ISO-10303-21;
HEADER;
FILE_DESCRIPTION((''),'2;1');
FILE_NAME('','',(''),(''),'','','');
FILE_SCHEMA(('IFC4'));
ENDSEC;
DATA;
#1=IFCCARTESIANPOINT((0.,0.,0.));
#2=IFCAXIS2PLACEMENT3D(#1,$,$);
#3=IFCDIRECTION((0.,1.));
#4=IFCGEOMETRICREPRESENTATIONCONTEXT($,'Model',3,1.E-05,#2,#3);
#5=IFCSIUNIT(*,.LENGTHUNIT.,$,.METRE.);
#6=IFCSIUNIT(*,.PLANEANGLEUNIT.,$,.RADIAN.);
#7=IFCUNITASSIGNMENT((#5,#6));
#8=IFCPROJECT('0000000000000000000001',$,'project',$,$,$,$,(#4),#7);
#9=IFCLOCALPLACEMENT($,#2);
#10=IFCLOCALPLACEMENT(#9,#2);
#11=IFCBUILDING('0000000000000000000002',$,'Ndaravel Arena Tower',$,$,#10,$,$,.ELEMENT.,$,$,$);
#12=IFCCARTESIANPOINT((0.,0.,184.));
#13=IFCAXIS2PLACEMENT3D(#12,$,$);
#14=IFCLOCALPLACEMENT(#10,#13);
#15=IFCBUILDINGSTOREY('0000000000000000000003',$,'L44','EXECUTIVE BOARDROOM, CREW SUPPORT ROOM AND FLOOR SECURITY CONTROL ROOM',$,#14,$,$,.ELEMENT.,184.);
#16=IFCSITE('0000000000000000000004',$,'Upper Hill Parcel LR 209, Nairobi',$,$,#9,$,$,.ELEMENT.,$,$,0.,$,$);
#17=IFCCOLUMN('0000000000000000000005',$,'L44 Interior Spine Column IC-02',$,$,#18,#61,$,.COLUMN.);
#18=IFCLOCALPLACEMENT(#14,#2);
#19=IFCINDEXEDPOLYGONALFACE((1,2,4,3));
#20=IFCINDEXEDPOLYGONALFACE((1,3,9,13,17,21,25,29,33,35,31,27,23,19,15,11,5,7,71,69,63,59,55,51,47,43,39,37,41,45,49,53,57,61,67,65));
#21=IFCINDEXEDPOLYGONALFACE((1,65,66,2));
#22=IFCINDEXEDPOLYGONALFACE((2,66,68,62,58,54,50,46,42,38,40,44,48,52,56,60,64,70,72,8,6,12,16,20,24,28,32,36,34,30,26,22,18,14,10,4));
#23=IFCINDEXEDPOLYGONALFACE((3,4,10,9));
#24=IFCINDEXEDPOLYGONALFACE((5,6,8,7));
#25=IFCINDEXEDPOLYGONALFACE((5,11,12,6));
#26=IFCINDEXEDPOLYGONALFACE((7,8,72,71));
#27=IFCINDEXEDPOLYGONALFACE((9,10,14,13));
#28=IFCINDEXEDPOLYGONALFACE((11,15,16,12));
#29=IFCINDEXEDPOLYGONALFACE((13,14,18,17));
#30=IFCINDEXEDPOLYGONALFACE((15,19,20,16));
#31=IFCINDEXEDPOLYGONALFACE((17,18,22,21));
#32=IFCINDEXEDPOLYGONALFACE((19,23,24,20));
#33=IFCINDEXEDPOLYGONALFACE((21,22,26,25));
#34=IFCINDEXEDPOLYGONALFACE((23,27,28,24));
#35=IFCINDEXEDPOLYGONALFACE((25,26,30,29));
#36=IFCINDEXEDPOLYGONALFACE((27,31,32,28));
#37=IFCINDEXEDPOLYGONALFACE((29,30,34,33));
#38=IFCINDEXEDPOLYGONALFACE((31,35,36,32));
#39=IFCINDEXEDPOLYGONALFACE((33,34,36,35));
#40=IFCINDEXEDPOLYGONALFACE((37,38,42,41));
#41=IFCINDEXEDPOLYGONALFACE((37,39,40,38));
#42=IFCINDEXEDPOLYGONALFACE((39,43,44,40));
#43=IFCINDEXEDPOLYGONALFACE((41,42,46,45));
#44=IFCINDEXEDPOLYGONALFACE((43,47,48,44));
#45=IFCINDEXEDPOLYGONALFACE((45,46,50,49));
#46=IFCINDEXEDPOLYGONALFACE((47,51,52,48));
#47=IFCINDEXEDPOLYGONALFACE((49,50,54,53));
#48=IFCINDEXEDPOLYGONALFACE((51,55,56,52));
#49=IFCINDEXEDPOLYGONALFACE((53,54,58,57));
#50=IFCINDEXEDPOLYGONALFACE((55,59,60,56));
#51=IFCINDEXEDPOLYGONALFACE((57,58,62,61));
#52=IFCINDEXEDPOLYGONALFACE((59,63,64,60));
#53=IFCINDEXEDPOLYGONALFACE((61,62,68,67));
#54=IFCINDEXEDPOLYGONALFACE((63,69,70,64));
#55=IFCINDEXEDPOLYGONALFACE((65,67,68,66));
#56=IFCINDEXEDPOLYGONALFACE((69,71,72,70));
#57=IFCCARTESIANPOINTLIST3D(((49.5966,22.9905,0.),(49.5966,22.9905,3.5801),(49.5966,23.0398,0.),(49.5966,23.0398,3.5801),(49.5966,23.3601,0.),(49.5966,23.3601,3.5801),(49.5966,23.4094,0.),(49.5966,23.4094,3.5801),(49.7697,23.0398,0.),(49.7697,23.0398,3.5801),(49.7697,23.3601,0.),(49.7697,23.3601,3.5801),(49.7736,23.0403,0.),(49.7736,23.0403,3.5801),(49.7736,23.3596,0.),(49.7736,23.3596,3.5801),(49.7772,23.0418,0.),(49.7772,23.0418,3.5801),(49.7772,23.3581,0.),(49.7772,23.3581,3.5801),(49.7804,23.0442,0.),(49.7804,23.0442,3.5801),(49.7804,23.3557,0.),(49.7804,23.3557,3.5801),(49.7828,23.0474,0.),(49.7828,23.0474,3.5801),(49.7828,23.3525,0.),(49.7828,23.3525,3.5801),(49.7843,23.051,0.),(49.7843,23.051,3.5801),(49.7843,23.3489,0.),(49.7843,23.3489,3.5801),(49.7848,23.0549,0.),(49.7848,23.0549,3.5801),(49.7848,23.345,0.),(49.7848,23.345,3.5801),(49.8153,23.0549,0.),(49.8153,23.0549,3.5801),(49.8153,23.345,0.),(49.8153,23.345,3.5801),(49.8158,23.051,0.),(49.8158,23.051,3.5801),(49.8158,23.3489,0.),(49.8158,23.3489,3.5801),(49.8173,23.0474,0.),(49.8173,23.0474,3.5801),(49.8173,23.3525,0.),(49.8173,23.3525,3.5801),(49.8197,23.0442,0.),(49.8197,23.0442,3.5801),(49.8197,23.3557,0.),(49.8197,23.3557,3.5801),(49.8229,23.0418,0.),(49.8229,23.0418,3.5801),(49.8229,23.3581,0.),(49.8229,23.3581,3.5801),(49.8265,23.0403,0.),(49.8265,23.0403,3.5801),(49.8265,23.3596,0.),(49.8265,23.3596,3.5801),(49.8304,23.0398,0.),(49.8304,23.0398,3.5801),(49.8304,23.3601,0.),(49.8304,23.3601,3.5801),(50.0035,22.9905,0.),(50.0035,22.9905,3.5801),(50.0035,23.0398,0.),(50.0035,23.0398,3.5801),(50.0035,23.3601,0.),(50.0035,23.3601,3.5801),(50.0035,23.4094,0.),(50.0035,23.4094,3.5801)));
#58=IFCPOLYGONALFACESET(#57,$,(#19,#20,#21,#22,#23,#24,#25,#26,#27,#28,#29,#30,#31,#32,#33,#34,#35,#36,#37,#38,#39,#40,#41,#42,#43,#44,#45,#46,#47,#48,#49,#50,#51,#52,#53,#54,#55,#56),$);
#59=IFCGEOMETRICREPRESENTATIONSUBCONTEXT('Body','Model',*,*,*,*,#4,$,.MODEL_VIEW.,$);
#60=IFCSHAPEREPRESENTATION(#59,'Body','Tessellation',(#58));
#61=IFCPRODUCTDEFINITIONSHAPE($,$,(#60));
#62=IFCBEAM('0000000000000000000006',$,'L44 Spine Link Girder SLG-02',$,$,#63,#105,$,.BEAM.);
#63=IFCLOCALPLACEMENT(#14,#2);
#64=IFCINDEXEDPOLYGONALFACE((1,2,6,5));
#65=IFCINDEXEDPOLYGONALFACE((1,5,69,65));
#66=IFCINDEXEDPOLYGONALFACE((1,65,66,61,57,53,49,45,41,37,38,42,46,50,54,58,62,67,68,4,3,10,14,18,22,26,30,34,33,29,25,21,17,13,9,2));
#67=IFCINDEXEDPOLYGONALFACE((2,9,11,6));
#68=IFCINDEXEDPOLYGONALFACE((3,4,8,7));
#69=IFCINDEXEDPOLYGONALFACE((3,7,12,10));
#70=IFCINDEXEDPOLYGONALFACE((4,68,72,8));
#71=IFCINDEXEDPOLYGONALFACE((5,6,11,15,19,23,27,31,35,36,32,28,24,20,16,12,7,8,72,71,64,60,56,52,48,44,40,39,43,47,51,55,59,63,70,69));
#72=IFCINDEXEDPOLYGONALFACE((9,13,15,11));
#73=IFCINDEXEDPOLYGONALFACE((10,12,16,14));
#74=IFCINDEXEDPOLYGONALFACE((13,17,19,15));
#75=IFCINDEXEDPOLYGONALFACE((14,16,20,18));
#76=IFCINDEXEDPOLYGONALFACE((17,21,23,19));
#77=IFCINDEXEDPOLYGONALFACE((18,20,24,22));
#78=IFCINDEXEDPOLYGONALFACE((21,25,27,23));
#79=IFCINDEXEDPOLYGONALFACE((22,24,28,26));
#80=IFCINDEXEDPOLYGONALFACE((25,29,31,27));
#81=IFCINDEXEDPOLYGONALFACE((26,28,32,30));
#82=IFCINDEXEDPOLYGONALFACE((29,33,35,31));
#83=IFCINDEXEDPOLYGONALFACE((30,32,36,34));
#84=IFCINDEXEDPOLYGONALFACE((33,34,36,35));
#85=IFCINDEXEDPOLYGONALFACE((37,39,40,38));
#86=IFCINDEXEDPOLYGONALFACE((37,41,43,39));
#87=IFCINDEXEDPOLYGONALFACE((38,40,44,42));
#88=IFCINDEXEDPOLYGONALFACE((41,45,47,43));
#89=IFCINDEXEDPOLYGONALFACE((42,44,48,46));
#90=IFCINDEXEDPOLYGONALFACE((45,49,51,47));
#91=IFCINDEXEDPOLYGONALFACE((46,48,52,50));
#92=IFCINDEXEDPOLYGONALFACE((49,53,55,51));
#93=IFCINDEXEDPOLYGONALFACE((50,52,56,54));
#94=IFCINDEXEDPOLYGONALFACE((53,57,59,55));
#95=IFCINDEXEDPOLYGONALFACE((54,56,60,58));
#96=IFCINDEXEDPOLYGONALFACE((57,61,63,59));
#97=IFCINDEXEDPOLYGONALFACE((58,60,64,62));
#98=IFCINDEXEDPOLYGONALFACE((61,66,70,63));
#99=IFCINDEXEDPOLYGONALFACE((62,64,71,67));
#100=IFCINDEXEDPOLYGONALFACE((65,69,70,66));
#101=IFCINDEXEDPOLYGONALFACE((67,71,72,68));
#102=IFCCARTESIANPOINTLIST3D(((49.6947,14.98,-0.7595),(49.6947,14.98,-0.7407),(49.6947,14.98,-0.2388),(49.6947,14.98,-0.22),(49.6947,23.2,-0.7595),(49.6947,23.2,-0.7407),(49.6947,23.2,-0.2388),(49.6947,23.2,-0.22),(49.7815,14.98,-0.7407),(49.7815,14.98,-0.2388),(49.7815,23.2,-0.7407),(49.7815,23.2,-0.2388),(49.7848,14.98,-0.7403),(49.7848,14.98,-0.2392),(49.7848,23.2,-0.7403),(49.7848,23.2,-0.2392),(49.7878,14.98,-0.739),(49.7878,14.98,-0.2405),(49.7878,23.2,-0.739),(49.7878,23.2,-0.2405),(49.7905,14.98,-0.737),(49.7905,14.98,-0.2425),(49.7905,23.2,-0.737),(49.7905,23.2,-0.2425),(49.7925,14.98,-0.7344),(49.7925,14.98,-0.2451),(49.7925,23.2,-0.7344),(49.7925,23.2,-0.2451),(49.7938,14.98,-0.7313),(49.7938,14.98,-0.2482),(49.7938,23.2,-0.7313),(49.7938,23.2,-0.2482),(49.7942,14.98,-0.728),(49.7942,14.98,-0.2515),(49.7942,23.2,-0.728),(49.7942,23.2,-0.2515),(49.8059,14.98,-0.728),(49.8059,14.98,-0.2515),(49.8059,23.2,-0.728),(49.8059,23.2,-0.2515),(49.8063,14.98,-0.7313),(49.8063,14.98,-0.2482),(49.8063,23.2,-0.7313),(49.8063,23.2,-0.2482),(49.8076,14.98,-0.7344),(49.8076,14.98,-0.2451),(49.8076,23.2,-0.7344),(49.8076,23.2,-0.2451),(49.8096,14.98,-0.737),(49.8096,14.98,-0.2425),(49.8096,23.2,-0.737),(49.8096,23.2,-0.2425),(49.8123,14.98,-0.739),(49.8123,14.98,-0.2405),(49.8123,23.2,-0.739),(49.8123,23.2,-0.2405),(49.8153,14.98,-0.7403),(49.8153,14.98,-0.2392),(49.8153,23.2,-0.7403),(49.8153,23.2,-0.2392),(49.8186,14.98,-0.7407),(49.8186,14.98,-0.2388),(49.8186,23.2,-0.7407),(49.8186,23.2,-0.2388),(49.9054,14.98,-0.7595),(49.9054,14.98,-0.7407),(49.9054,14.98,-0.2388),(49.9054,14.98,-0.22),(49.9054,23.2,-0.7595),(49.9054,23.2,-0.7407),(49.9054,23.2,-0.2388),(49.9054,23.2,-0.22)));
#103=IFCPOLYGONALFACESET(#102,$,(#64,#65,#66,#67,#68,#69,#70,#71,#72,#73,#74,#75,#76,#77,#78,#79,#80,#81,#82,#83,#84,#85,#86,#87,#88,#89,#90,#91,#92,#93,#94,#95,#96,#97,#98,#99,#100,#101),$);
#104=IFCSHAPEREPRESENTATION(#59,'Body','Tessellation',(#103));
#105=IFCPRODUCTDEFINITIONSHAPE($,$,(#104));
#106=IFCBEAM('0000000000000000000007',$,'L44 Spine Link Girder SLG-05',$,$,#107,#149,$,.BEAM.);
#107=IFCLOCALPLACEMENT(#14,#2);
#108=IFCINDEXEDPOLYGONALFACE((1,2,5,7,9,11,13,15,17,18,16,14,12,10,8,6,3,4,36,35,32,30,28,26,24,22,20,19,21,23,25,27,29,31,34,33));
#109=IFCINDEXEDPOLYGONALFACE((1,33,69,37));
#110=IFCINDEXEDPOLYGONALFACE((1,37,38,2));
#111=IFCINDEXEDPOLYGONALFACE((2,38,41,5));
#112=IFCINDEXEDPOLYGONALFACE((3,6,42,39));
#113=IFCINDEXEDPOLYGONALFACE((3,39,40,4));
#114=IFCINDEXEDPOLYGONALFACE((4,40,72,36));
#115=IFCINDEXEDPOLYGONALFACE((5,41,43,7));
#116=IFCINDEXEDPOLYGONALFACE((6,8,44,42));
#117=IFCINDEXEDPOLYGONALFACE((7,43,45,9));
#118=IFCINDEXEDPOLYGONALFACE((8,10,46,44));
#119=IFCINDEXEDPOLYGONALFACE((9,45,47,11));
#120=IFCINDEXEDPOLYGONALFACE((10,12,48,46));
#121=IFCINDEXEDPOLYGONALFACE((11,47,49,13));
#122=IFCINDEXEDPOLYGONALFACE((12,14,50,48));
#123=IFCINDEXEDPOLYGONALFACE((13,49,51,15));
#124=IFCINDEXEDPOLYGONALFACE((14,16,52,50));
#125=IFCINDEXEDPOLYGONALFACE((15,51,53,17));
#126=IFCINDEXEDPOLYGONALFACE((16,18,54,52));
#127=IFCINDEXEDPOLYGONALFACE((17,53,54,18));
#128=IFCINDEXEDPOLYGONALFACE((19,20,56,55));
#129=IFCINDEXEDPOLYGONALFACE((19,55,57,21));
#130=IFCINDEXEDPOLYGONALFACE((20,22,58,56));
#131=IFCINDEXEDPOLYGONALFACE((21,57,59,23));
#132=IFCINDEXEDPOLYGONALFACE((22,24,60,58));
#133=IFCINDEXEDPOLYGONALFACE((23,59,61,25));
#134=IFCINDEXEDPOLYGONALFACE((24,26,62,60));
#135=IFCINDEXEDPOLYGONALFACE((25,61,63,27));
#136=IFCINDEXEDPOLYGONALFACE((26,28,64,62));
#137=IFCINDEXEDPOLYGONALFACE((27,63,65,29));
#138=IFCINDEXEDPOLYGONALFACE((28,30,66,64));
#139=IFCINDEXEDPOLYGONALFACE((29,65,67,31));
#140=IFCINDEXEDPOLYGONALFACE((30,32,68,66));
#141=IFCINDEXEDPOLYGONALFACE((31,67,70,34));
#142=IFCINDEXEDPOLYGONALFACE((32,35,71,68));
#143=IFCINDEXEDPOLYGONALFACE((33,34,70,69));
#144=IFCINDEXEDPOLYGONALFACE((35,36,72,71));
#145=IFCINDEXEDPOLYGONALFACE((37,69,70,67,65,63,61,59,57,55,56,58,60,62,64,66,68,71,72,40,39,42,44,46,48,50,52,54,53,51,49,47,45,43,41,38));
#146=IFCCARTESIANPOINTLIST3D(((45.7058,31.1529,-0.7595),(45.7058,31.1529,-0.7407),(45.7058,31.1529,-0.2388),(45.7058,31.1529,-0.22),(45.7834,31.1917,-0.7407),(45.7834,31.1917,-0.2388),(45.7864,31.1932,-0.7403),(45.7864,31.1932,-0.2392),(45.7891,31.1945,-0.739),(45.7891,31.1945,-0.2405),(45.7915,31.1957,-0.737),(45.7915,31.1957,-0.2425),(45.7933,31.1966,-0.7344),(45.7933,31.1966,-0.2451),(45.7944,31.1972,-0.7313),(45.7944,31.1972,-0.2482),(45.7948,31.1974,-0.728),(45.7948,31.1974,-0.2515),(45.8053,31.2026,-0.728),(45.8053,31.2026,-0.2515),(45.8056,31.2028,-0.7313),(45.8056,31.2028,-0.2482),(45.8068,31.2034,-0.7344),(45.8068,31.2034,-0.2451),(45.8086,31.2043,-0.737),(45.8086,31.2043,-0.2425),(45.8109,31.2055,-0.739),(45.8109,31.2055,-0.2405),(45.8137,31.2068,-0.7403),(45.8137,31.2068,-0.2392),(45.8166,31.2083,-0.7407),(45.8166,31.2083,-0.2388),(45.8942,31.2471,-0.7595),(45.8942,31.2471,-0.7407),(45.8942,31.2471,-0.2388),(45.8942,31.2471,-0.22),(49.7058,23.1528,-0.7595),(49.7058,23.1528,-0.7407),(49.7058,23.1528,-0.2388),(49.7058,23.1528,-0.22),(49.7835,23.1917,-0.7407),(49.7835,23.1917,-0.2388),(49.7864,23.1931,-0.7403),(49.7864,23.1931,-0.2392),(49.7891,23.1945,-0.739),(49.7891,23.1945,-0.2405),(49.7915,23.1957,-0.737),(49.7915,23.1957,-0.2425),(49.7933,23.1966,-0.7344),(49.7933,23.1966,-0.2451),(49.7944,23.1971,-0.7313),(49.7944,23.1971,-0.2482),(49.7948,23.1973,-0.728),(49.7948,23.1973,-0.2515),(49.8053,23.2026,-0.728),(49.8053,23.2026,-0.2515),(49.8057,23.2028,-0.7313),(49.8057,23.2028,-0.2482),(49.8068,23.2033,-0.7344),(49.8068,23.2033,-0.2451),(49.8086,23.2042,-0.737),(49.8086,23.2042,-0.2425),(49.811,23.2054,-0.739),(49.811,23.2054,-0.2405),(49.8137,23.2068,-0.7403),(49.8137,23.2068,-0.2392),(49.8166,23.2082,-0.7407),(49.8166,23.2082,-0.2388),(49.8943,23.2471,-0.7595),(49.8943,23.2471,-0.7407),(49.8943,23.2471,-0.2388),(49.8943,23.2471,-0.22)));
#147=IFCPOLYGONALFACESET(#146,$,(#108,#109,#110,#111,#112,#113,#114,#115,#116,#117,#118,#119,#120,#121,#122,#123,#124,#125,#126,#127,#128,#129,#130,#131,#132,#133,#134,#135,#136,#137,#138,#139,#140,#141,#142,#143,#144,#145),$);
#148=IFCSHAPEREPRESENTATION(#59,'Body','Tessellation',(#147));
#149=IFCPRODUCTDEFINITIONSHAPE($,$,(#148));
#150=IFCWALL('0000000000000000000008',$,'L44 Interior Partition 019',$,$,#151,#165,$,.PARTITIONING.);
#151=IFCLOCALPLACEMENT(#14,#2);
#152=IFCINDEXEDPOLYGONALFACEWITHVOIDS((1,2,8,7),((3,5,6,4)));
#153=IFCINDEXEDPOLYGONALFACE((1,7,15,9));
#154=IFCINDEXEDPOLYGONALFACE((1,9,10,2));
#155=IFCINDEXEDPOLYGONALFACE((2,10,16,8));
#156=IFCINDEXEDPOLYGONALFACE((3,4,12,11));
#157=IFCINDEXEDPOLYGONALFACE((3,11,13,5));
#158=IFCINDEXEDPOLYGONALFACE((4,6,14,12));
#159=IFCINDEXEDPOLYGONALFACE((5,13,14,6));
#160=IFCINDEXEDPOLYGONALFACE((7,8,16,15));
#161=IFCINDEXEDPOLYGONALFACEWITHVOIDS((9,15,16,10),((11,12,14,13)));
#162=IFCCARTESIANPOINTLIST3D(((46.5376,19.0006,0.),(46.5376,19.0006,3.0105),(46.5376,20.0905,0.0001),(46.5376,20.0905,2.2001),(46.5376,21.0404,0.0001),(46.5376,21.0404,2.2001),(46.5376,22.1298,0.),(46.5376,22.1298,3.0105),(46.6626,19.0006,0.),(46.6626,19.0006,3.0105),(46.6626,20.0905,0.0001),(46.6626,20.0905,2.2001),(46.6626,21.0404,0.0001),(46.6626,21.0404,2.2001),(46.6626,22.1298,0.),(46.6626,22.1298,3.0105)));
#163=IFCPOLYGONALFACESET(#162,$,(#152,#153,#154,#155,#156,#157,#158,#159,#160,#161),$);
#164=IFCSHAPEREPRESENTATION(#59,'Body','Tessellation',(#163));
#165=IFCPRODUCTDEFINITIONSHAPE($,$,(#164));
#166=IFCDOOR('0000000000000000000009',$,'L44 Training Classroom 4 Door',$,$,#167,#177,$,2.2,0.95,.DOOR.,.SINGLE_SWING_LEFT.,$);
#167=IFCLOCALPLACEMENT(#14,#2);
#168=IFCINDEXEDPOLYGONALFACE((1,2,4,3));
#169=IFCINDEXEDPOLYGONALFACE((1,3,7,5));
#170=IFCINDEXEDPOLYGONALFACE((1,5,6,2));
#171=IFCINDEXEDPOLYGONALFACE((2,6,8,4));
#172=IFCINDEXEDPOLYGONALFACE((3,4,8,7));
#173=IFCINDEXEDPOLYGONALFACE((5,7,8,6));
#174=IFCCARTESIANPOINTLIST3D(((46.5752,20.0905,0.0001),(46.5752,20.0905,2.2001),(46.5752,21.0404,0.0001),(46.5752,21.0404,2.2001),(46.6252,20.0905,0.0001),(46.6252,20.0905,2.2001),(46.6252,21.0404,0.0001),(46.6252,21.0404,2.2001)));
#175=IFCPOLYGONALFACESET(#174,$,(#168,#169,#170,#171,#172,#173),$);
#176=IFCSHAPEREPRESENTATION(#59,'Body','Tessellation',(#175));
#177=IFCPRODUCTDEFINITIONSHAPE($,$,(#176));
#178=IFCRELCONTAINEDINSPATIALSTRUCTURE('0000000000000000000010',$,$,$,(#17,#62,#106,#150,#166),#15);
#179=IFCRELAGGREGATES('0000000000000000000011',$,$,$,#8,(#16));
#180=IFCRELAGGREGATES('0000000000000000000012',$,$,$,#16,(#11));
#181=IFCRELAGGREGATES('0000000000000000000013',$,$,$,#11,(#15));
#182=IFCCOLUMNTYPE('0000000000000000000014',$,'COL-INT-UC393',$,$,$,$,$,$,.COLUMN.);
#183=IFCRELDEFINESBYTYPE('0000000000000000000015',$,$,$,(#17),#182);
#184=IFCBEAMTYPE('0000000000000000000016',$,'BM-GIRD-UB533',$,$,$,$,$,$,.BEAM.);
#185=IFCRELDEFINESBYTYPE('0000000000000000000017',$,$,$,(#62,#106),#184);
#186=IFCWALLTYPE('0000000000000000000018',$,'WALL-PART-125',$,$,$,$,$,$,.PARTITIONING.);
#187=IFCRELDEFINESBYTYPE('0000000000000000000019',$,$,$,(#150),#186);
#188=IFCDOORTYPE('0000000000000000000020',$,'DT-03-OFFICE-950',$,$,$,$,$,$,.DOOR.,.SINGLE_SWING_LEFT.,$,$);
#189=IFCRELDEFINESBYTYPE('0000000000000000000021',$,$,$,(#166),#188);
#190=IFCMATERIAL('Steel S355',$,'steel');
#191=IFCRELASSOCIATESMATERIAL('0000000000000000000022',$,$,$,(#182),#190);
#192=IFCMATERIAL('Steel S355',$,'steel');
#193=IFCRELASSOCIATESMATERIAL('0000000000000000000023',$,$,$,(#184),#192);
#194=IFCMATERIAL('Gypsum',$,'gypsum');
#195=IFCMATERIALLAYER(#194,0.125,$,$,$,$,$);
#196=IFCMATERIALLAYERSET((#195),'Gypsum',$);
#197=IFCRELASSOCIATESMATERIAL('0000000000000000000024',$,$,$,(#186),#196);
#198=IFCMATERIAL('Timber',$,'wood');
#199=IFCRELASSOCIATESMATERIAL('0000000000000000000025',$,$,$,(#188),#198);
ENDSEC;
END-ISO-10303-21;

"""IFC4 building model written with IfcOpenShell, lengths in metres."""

from ifc_helpers import new_model, si_unit, direction, frame, frame_2d, origin, origin_2d, place, context, subcontext, project, spatial, rectangle, i_section, extrude, material, layer, layer_set, material_profile, profile_set, type_object, element, fill, save


model = new_model("IFC4")

# Units and contexts
model_context = context("Model", 3, precision=1e-05, world=origin(), true_north=direction((0.0, 1.0)))
body_context = subcontext(model_context, "Body", "Model", "MODEL_VIEW")
ifc_project = project(units=[si_unit("LENGTHUNIT", "METRE"), si_unit("PLANEANGLEUNIT", "RADIAN")], contexts=[model_context])

# Site, building, storey
site_placement = place(None, origin())
site = spatial("IfcSite", under=ifc_project, at=site_placement, Name="Upper Hill Parcel LR 209, Nairobi", CompositionType="ELEMENT", RefElevation=0.0)
building_placement = place(site_placement, origin())
building = spatial("IfcBuilding", under=site, at=building_placement, Name="Ndaravel Arena Tower", CompositionType="ELEMENT")
storey_placement = place(building_placement, frame((0.0, 0.0, 184.0)))
storey = spatial("IfcBuildingStorey", under=building, at=storey_placement, Name="L44", Description="EXECUTIVE BOARDROOM, CREW SUPPORT ROOM AND FLOOR SECURITY CONTROL ROOM", CompositionType="ELEMENT", Elevation=184.0)

# Column
ifc_material_1 = material(Name="Steel S355", Category="steel")
ifc_material_profile_1 = material_profile(ifc_material_1, i_section(OverallWidth=0.407, OverallDepth=0.4189, WebThickness=0.0305, FlangeThickness=0.0493, FilletRadius=0.0151, at=origin_2d()), Name="UC 356x406x393")
ifc_profile_set_1 = profile_set([ifc_material_profile_1], Name="Steel S355")
column_type = type_object("IfcColumnType", Name="COL-INT-UC393", PredefinedType="COLUMN", material=ifc_profile_set_1)
column_placement = place(storey_placement, frame((49.8, 23.2, 0.0), z_axis=(0.0, 0.0, 1.0), x_axis=(1.0, 0.0, 0.0)))
element("IfcColumn", 1, at=column_placement, inside=storey, type_object=column_type, Name="L44 Interior Spine Column IC-02", PredefinedType="COLUMN", context=body_context, shape_type="SweptSolid", body=[
    extrude(i_section(OverallWidth=0.407, OverallDepth=0.4189, WebThickness=0.0305, FlangeThickness=0.0493, FilletRadius=0.0151, at=origin_2d()), origin(), (0.0, 0.0, 1.0), 3.5801),
])

# Beams
ifc_material_2 = material(Name="Steel S355", Category="steel")
ifc_material_profile_2 = material_profile(ifc_material_2, i_section(OverallWidth=0.2107, OverallDepth=0.5396, WebThickness=0.0117, FlangeThickness=0.0188, FilletRadius=0.0127, at=origin_2d()), Name="UB 533x210x109")
ifc_profile_set_2 = profile_set([ifc_material_profile_2], Name="Steel S355")
beam_type = type_object("IfcBeamType", Name="BM-GIRD-UB533", PredefinedType="BEAM", material=ifc_profile_set_2)
beam_1_placement = place(storey_placement, frame((49.8, 14.98, -0.4897), z_axis=(0.0, 1.0, 0.0), x_axis=(-1.0, 0.0, 0.0)))
element("IfcBeam", 2, at=beam_1_placement, inside=storey, type_object=beam_type, Name="L44 Spine Link Girder SLG-02", PredefinedType="BEAM", context=body_context, shape_type="SweptSolid", body=[
    extrude(i_section(OverallWidth=0.2107, OverallDepth=0.5396, WebThickness=0.0117, FlangeThickness=0.0188, FilletRadius=0.0127, at=origin_2d()), origin(), (0.0, 0.0, 1.0), 8.22),
])
beam_2_placement = place(storey_placement, frame((49.8, 23.2, -0.4897), z_axis=(-0.447214, 0.894427, 0.0), x_axis=(-0.894427, -0.447214, 0.0)))
element("IfcBeam", 3, at=beam_2_placement, inside=storey, type_object=beam_type, Name="L44 Spine Link Girder SLG-05", PredefinedType="BEAM", context=body_context, shape_type="SweptSolid", body=[
    extrude(i_section(OverallWidth=0.2107, OverallDepth=0.5396, WebThickness=0.0117, FlangeThickness=0.0188, FilletRadius=0.0127, at=origin_2d()), origin(), (0.0, 0.0, 1.0), 8.9443),
])

# Wall, opening, door
ifc_material_3 = material(Name="Gypsum", Category="gypsum")
ifc_layer_1 = layer(ifc_material_3, 0.125)
ifc_layer_set_1 = layer_set([ifc_layer_1], Name="Gypsum")
wall_type_1 = type_object("IfcWallType", Name="WALL-PART-125", PredefinedType="PARTITIONING", material=ifc_layer_set_1)
wall_1_placement = place(storey_placement, frame((46.6001, 19.0007, 0.0), z_axis=(0.0, 0.0, 1.0), x_axis=(0.0, 1.0, 0.0)))
wall_1 = element("IfcWall", 4, at=wall_1_placement, inside=storey, type_object=wall_type_1, Name="L44 Interior Partition 019", PredefinedType="PARTITIONING", context=body_context, shape_type="SweptSolid", body=[
    extrude(rectangle(XDim=3.1292, YDim=0.125, at=frame_2d((1.5645, 0.0))), origin(), (0.0, 0.0, 1.0), 3.0105),
])
opening_1_placement = place(wall_1_placement, frame((1.0896, 0.0, 0.0)))
opening_1 = element("IfcOpeningElement", 5, at=opening_1_placement, cuts=wall_1, PredefinedType="OPENING", context=body_context, shape_type="SweptSolid", body=[
    extrude(rectangle(XDim=0.95, YDim=2.2, at=frame_2d((0.4751, 1.1001))), frame((0.0, 0.0625, 0.0), z_axis=(0.0, -1.0, 0.0), x_axis=(1.0, 0.0, 0.0)), (0.0, 0.0, 1.0), 0.125),
])
ifc_material_4 = material(Name="Timber", Category="wood")
door_type_1 = type_object("IfcDoorType", Name="DT-03-OFFICE-950", OperationType="SINGLE_SWING_LEFT", PredefinedType="DOOR", material=ifc_material_4)
door_1_placement = place(opening_1_placement, origin())
door_1 = element("IfcDoor", 6, at=door_1_placement, inside=storey, type_object=door_type_1, Name="L44 Training Classroom 4 Door", OperationType="SINGLE_SWING_LEFT", OverallHeight=2.2, OverallWidth=0.95, PredefinedType="DOOR", context=body_context, shape_type="SweptSolid", body=[
    extrude(rectangle(XDim=0.95, YDim=2.2, at=frame_2d((0.4751, 1.1001))), frame((0.0, 0.0249, 0.0), z_axis=(0.0, -1.0, 0.0), x_axis=(1.0, 0.0, 0.0)), (0.0, 0.0, 1.0), 0.05),
])
fill(opening_1, door_1)

save(model, "model.ifc")
